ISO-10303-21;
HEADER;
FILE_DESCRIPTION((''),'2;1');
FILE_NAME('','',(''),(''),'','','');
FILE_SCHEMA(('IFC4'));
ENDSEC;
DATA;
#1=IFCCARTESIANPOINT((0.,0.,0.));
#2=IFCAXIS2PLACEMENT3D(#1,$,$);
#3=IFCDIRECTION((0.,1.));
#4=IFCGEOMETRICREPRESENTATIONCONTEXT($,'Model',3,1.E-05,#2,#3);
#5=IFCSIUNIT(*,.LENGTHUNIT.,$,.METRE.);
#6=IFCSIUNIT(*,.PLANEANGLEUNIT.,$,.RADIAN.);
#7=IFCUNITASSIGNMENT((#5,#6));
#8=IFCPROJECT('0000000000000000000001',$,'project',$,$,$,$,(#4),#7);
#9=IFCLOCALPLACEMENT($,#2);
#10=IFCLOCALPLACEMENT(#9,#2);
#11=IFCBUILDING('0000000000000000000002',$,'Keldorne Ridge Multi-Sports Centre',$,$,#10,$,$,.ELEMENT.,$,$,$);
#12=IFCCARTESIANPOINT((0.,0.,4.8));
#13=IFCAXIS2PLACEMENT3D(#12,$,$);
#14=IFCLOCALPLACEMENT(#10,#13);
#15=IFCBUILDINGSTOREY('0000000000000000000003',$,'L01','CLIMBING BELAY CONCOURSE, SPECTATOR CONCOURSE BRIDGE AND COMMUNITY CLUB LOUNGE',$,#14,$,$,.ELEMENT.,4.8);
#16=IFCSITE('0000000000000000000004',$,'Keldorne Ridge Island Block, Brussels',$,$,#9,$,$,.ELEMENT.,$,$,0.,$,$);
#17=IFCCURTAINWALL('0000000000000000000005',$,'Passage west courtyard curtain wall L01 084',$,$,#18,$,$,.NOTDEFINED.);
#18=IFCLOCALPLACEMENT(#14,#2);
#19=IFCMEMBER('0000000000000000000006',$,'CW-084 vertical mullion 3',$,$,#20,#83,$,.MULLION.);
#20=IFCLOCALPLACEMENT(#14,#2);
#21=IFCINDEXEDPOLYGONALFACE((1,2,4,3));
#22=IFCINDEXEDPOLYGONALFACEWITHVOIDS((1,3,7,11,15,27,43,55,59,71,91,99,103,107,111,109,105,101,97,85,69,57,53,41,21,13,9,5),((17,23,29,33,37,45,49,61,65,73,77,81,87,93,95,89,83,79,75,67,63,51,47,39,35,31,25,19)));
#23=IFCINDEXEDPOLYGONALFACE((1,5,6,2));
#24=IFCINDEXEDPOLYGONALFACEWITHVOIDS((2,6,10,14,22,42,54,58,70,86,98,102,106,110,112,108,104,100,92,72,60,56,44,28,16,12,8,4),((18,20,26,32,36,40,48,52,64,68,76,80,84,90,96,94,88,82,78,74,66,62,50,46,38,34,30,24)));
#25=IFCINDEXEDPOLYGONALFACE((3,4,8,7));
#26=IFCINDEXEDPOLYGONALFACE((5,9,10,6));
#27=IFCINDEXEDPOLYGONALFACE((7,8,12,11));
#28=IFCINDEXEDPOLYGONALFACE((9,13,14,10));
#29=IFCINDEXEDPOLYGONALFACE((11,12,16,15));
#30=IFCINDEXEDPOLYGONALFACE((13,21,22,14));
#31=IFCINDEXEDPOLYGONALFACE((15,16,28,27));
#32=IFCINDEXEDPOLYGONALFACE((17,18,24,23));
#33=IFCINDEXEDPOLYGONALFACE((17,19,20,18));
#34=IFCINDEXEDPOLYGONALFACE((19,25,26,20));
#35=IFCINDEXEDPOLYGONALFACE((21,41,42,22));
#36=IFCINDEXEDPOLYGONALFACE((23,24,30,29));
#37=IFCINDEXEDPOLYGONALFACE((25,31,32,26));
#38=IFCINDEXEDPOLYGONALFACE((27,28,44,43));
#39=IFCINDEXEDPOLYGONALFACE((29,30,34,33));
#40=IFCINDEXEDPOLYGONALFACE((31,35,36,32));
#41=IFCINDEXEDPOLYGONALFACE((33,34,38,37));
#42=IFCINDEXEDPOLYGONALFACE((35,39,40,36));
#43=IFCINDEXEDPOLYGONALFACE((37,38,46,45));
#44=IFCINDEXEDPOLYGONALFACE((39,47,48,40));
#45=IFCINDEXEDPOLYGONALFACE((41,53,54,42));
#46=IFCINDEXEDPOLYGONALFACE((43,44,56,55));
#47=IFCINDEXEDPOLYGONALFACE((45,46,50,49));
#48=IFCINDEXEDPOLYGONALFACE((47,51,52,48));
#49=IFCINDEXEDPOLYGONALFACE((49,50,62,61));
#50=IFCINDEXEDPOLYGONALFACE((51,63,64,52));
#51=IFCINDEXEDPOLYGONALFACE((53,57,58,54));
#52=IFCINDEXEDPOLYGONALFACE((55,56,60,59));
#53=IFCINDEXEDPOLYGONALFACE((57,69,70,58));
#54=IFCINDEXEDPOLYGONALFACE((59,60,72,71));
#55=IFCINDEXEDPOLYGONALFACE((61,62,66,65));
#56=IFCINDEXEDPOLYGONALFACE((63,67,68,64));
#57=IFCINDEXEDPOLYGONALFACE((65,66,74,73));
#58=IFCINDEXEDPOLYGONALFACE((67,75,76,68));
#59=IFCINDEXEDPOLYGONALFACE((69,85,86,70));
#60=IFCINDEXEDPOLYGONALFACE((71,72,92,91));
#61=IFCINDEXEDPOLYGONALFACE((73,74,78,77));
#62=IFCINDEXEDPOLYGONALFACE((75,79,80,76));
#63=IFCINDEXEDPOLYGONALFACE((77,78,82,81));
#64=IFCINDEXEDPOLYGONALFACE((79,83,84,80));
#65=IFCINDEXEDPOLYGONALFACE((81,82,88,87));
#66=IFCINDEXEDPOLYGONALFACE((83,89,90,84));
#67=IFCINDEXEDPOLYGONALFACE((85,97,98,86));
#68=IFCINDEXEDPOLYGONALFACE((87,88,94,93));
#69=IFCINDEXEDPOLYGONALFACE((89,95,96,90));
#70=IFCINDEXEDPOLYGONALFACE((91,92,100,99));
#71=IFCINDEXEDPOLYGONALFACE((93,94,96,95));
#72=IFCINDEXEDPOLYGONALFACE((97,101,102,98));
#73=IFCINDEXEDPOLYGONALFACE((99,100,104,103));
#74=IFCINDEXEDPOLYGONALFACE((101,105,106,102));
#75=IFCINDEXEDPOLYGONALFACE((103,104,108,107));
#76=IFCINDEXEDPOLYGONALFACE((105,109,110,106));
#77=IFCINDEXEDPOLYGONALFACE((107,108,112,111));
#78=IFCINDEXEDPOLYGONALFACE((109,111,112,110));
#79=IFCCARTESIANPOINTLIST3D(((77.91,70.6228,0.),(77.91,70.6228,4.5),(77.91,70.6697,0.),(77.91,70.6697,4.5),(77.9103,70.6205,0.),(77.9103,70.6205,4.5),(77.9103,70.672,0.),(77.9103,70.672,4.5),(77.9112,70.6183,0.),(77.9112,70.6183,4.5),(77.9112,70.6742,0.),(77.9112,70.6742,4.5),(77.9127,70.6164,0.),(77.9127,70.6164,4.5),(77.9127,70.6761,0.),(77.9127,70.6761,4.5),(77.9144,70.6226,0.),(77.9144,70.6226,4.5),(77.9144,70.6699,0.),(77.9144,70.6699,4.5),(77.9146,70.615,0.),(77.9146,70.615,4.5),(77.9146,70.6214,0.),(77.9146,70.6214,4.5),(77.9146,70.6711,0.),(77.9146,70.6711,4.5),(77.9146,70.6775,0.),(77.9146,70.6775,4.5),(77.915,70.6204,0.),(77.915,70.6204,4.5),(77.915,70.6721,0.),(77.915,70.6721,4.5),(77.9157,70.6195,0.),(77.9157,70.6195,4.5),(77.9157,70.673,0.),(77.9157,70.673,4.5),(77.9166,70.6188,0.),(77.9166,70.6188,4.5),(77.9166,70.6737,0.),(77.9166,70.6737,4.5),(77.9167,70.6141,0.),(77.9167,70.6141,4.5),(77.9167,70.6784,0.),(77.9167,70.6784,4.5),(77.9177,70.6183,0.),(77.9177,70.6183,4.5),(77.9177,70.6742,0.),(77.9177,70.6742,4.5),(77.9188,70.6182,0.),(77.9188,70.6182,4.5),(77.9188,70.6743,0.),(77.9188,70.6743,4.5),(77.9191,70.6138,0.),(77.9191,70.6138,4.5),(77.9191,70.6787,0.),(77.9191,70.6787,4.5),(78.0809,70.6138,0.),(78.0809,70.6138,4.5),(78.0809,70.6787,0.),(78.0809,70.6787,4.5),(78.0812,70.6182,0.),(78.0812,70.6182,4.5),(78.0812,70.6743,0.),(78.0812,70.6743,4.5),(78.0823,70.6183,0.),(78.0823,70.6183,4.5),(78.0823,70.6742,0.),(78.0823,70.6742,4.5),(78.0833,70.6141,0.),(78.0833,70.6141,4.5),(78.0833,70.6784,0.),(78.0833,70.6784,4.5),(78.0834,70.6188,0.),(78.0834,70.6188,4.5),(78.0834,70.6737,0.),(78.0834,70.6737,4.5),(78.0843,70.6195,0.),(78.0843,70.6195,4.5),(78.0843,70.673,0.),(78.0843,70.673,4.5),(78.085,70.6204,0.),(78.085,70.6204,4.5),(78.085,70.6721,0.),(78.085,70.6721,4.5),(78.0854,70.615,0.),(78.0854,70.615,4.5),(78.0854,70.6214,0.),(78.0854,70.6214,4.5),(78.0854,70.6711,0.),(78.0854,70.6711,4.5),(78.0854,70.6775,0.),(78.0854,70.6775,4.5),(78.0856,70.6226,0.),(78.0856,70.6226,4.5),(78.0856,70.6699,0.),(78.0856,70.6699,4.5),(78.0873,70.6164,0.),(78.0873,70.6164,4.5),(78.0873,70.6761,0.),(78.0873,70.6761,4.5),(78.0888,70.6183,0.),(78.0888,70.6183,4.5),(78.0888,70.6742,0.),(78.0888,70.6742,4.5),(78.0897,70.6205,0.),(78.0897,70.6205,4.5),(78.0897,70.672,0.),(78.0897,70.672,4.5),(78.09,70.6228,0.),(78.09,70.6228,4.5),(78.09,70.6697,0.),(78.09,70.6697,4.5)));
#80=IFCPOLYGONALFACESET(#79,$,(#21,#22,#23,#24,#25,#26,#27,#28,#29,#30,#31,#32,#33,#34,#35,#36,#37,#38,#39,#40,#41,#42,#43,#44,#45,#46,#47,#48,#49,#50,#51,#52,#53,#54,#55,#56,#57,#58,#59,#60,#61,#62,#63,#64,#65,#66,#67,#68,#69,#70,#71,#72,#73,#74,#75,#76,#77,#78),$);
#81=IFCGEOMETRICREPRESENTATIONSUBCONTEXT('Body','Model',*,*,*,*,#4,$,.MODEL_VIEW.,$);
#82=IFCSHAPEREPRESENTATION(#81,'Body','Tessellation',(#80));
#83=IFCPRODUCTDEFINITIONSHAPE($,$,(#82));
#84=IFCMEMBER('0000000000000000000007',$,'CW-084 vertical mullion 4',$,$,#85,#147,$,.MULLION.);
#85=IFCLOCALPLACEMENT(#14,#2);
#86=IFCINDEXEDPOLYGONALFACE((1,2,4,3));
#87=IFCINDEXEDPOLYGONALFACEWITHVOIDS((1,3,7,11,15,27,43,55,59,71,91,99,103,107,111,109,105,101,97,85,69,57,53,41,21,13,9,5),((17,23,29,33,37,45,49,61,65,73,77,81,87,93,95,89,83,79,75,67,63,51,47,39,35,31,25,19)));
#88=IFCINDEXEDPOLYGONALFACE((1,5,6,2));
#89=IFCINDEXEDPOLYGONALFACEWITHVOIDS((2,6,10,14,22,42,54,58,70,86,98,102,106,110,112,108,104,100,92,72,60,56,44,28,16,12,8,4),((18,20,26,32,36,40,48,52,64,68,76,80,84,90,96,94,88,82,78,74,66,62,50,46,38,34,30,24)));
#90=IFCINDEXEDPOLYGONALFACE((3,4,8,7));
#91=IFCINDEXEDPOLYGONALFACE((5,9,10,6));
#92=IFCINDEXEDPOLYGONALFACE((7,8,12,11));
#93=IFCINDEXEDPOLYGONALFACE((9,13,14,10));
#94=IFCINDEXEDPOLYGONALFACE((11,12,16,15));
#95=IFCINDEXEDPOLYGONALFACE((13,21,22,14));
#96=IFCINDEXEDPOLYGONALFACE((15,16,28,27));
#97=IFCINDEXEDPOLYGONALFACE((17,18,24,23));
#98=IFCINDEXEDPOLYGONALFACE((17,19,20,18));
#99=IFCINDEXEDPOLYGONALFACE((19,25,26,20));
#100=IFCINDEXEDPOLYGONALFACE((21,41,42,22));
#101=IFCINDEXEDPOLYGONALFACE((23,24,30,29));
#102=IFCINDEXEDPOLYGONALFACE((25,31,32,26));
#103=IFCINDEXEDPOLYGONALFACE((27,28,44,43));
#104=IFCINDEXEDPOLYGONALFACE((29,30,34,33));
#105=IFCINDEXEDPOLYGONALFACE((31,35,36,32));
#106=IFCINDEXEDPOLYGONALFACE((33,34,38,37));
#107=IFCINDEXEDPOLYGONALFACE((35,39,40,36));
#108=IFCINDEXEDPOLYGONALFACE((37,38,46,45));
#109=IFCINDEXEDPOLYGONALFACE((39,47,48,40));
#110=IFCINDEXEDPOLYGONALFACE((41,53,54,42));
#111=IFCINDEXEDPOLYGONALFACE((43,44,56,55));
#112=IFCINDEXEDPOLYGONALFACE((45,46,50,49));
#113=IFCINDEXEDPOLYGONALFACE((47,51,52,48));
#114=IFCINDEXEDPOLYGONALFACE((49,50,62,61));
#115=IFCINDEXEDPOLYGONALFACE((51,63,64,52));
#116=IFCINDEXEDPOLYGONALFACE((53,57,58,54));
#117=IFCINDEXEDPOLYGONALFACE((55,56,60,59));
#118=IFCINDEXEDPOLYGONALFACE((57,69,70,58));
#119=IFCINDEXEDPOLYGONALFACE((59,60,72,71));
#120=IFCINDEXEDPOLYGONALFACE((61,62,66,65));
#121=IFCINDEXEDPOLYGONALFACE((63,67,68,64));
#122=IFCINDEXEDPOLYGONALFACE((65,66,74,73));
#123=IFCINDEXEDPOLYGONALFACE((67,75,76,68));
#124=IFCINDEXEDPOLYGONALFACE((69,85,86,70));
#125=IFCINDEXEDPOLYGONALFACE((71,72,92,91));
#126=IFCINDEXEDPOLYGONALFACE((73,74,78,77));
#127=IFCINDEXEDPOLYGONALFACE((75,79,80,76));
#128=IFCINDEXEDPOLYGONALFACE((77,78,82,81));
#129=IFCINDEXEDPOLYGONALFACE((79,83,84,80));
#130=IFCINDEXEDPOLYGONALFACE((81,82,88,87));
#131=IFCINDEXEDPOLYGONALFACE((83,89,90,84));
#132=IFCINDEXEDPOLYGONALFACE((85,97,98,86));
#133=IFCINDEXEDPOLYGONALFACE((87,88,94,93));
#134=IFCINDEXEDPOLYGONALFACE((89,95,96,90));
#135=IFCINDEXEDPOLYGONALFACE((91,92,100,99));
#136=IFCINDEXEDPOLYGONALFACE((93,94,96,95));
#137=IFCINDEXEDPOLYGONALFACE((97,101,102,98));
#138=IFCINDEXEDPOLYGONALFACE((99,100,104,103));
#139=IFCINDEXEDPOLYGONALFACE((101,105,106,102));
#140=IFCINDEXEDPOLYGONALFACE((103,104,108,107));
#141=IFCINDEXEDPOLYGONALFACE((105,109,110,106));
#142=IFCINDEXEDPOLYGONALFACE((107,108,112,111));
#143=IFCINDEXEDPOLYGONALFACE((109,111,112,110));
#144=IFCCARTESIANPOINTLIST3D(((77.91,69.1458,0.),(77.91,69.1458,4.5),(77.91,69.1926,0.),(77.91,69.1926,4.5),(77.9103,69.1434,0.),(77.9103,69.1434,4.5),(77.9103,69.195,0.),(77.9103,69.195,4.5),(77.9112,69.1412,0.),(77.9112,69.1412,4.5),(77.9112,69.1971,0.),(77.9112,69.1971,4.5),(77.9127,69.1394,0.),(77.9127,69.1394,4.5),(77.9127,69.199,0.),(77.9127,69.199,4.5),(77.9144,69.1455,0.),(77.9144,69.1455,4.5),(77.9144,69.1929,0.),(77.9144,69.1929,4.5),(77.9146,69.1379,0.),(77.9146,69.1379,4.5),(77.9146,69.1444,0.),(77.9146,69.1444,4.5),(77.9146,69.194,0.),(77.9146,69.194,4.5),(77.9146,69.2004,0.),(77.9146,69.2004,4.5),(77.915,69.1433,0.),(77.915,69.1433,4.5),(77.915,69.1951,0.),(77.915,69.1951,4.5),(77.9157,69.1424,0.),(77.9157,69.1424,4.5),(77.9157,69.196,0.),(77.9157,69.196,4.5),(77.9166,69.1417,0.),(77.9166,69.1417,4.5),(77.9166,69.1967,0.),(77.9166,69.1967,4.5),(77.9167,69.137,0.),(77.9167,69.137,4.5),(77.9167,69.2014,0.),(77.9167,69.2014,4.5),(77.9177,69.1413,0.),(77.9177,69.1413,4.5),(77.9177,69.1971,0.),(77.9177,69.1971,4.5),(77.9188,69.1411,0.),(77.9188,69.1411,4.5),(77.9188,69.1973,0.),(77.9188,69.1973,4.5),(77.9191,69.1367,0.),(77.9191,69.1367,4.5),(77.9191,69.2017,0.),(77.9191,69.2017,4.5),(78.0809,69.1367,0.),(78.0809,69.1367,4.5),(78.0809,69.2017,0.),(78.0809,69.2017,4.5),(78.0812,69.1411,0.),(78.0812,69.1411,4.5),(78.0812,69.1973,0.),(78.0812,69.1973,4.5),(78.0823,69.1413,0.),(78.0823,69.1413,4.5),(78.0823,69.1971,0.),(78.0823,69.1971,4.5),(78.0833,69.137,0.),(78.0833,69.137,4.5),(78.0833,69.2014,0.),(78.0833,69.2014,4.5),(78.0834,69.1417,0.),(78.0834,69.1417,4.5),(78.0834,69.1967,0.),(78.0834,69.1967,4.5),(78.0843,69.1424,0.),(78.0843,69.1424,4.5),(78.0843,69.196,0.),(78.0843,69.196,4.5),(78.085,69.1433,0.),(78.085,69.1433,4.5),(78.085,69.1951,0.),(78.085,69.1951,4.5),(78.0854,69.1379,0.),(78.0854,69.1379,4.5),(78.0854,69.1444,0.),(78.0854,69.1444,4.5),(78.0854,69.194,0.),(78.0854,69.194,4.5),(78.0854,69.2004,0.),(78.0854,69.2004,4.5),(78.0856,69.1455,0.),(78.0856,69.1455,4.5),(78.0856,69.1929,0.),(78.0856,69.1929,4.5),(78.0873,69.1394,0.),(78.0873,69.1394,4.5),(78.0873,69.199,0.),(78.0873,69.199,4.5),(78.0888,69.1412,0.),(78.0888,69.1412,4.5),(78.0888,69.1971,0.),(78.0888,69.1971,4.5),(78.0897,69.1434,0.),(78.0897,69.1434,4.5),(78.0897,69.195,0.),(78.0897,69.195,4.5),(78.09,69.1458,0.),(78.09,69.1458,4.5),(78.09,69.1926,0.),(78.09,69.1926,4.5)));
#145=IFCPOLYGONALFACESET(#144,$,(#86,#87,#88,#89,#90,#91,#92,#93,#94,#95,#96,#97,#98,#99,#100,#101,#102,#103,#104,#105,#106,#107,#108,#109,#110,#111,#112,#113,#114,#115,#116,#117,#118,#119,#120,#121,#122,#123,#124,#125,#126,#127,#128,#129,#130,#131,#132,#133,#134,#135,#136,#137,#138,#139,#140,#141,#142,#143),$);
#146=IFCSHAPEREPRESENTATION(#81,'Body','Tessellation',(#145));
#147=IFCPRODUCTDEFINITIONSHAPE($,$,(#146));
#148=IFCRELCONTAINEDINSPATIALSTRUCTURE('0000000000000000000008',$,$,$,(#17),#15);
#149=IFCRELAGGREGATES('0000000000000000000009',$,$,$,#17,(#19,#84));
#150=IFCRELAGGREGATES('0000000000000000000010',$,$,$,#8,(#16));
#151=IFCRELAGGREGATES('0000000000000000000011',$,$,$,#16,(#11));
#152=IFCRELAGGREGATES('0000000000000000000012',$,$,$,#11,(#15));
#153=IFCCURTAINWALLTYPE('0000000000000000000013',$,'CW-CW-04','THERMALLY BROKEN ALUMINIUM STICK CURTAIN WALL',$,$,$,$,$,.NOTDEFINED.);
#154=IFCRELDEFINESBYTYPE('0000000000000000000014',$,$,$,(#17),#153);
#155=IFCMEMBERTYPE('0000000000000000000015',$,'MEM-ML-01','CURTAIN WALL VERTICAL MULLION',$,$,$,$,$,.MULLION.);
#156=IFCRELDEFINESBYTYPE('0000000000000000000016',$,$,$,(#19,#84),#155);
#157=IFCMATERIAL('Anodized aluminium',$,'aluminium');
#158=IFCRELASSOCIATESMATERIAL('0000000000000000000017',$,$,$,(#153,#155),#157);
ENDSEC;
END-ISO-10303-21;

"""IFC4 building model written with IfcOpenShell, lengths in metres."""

from ifc_helpers import new_model, si_unit, direction, frame, origin, origin_2d, place, context, subcontext, project, spatial, hollow_rectangle, extrude, material, material_profile, profile_set, type_object, element, aggregate, save


model = new_model("IFC4")

# Units and contexts
model_context = context("Model", 3, precision=1e-05, world=origin(), true_north=direction((0.0, 1.0)))
body_context = subcontext(model_context, "Body", "Model", "MODEL_VIEW")
ifc_project = project(units=[si_unit("LENGTHUNIT", "METRE"), si_unit("PLANEANGLEUNIT", "RADIAN")], contexts=[model_context])

# Site, building, storey
site_placement = place(None, origin())
site = spatial("IfcSite", under=ifc_project, at=site_placement, Name="Keldorne Ridge Island Block, Brussels", CompositionType="ELEMENT", RefElevation=0.0)
building_placement = place(site_placement, origin())
building = spatial("IfcBuilding", under=site, at=building_placement, Name="Keldorne Ridge Multi-Sports Centre", CompositionType="ELEMENT")
storey_placement = place(building_placement, frame((0.0, 0.0, 4.8)))
storey = spatial("IfcBuildingStorey", under=building, at=storey_placement, Name="L01", Description="CLIMBING BELAY CONCOURSE, SPECTATOR CONCOURSE BRIDGE AND COMMUNITY CLUB LOUNGE", CompositionType="ELEMENT", Elevation=4.8)

# Curtain wall, members
ifc_material_1 = material(Name="Anodized aluminium", Category="aluminium")
curtain_wall_type = type_object("IfcCurtainWallType", Name="CW-CW-04", Description="THERMALLY BROKEN ALUMINIUM STICK CURTAIN WALL", PredefinedType="NOTDEFINED", material=ifc_material_1)
curtain_wall_placement = place(storey_placement, origin())
curtain_wall = element("IfcCurtainWall", 1, at=curtain_wall_placement, inside=storey, type_object=curtain_wall_type, Name="Passage west courtyard curtain wall L01 084", PredefinedType="NOTDEFINED")
ifc_material_profile_1 = material_profile(ifc_material_1, hollow_rectangle(XDim=0.0649, YDim=0.1799, WallThickness=0.0044, InnerFilletRadius=0.0044, OuterFilletRadius=0.009, at=origin_2d()), Name="ALU MULLION 180x65x4.5")
ifc_profile_set_1 = profile_set([ifc_material_profile_1], Name="Anodized aluminium")
member_type_1 = type_object("IfcMemberType", Name="MEM-ML-01", Description="CURTAIN WALL VERTICAL MULLION", PredefinedType="MULLION", material=ifc_profile_set_1)
member_1_placement = place(storey_placement, frame((78.0, 70.6462, 0.0), z_axis=(0.0, 0.0, 1.0), x_axis=(0.0, 1.0, 0.0)))
member_1 = element("IfcMember", 2, at=member_1_placement, type_object=member_type_1, Name="CW-084 vertical mullion 3", PredefinedType="MULLION", context=body_context, shape_type="SweptSolid", body=[
    extrude(hollow_rectangle(XDim=0.0649, YDim=0.1799, WallThickness=0.0044, InnerFilletRadius=0.0044, OuterFilletRadius=0.009, at=origin_2d()), origin(), (0.0, 0.0, 1.0), 4.5),
])
member_2_placement = place(storey_placement, frame((78.0, 69.1692, 0.0), z_axis=(0.0, 0.0, 1.0), x_axis=(0.0, 1.0, 0.0)))
member_2 = element("IfcMember", 3, at=member_2_placement, type_object=member_type_1, Name="CW-084 vertical mullion 4", PredefinedType="MULLION", context=body_context, shape_type="SweptSolid", body=[
    extrude(hollow_rectangle(XDim=0.0649, YDim=0.1799, WallThickness=0.0044, InnerFilletRadius=0.0044, OuterFilletRadius=0.009, at=origin_2d()), origin(), (0.0, 0.0, 1.0), 4.5),
])
aggregate(curtain_wall, [member_1, member_2])

save(model, "model.ifc")
